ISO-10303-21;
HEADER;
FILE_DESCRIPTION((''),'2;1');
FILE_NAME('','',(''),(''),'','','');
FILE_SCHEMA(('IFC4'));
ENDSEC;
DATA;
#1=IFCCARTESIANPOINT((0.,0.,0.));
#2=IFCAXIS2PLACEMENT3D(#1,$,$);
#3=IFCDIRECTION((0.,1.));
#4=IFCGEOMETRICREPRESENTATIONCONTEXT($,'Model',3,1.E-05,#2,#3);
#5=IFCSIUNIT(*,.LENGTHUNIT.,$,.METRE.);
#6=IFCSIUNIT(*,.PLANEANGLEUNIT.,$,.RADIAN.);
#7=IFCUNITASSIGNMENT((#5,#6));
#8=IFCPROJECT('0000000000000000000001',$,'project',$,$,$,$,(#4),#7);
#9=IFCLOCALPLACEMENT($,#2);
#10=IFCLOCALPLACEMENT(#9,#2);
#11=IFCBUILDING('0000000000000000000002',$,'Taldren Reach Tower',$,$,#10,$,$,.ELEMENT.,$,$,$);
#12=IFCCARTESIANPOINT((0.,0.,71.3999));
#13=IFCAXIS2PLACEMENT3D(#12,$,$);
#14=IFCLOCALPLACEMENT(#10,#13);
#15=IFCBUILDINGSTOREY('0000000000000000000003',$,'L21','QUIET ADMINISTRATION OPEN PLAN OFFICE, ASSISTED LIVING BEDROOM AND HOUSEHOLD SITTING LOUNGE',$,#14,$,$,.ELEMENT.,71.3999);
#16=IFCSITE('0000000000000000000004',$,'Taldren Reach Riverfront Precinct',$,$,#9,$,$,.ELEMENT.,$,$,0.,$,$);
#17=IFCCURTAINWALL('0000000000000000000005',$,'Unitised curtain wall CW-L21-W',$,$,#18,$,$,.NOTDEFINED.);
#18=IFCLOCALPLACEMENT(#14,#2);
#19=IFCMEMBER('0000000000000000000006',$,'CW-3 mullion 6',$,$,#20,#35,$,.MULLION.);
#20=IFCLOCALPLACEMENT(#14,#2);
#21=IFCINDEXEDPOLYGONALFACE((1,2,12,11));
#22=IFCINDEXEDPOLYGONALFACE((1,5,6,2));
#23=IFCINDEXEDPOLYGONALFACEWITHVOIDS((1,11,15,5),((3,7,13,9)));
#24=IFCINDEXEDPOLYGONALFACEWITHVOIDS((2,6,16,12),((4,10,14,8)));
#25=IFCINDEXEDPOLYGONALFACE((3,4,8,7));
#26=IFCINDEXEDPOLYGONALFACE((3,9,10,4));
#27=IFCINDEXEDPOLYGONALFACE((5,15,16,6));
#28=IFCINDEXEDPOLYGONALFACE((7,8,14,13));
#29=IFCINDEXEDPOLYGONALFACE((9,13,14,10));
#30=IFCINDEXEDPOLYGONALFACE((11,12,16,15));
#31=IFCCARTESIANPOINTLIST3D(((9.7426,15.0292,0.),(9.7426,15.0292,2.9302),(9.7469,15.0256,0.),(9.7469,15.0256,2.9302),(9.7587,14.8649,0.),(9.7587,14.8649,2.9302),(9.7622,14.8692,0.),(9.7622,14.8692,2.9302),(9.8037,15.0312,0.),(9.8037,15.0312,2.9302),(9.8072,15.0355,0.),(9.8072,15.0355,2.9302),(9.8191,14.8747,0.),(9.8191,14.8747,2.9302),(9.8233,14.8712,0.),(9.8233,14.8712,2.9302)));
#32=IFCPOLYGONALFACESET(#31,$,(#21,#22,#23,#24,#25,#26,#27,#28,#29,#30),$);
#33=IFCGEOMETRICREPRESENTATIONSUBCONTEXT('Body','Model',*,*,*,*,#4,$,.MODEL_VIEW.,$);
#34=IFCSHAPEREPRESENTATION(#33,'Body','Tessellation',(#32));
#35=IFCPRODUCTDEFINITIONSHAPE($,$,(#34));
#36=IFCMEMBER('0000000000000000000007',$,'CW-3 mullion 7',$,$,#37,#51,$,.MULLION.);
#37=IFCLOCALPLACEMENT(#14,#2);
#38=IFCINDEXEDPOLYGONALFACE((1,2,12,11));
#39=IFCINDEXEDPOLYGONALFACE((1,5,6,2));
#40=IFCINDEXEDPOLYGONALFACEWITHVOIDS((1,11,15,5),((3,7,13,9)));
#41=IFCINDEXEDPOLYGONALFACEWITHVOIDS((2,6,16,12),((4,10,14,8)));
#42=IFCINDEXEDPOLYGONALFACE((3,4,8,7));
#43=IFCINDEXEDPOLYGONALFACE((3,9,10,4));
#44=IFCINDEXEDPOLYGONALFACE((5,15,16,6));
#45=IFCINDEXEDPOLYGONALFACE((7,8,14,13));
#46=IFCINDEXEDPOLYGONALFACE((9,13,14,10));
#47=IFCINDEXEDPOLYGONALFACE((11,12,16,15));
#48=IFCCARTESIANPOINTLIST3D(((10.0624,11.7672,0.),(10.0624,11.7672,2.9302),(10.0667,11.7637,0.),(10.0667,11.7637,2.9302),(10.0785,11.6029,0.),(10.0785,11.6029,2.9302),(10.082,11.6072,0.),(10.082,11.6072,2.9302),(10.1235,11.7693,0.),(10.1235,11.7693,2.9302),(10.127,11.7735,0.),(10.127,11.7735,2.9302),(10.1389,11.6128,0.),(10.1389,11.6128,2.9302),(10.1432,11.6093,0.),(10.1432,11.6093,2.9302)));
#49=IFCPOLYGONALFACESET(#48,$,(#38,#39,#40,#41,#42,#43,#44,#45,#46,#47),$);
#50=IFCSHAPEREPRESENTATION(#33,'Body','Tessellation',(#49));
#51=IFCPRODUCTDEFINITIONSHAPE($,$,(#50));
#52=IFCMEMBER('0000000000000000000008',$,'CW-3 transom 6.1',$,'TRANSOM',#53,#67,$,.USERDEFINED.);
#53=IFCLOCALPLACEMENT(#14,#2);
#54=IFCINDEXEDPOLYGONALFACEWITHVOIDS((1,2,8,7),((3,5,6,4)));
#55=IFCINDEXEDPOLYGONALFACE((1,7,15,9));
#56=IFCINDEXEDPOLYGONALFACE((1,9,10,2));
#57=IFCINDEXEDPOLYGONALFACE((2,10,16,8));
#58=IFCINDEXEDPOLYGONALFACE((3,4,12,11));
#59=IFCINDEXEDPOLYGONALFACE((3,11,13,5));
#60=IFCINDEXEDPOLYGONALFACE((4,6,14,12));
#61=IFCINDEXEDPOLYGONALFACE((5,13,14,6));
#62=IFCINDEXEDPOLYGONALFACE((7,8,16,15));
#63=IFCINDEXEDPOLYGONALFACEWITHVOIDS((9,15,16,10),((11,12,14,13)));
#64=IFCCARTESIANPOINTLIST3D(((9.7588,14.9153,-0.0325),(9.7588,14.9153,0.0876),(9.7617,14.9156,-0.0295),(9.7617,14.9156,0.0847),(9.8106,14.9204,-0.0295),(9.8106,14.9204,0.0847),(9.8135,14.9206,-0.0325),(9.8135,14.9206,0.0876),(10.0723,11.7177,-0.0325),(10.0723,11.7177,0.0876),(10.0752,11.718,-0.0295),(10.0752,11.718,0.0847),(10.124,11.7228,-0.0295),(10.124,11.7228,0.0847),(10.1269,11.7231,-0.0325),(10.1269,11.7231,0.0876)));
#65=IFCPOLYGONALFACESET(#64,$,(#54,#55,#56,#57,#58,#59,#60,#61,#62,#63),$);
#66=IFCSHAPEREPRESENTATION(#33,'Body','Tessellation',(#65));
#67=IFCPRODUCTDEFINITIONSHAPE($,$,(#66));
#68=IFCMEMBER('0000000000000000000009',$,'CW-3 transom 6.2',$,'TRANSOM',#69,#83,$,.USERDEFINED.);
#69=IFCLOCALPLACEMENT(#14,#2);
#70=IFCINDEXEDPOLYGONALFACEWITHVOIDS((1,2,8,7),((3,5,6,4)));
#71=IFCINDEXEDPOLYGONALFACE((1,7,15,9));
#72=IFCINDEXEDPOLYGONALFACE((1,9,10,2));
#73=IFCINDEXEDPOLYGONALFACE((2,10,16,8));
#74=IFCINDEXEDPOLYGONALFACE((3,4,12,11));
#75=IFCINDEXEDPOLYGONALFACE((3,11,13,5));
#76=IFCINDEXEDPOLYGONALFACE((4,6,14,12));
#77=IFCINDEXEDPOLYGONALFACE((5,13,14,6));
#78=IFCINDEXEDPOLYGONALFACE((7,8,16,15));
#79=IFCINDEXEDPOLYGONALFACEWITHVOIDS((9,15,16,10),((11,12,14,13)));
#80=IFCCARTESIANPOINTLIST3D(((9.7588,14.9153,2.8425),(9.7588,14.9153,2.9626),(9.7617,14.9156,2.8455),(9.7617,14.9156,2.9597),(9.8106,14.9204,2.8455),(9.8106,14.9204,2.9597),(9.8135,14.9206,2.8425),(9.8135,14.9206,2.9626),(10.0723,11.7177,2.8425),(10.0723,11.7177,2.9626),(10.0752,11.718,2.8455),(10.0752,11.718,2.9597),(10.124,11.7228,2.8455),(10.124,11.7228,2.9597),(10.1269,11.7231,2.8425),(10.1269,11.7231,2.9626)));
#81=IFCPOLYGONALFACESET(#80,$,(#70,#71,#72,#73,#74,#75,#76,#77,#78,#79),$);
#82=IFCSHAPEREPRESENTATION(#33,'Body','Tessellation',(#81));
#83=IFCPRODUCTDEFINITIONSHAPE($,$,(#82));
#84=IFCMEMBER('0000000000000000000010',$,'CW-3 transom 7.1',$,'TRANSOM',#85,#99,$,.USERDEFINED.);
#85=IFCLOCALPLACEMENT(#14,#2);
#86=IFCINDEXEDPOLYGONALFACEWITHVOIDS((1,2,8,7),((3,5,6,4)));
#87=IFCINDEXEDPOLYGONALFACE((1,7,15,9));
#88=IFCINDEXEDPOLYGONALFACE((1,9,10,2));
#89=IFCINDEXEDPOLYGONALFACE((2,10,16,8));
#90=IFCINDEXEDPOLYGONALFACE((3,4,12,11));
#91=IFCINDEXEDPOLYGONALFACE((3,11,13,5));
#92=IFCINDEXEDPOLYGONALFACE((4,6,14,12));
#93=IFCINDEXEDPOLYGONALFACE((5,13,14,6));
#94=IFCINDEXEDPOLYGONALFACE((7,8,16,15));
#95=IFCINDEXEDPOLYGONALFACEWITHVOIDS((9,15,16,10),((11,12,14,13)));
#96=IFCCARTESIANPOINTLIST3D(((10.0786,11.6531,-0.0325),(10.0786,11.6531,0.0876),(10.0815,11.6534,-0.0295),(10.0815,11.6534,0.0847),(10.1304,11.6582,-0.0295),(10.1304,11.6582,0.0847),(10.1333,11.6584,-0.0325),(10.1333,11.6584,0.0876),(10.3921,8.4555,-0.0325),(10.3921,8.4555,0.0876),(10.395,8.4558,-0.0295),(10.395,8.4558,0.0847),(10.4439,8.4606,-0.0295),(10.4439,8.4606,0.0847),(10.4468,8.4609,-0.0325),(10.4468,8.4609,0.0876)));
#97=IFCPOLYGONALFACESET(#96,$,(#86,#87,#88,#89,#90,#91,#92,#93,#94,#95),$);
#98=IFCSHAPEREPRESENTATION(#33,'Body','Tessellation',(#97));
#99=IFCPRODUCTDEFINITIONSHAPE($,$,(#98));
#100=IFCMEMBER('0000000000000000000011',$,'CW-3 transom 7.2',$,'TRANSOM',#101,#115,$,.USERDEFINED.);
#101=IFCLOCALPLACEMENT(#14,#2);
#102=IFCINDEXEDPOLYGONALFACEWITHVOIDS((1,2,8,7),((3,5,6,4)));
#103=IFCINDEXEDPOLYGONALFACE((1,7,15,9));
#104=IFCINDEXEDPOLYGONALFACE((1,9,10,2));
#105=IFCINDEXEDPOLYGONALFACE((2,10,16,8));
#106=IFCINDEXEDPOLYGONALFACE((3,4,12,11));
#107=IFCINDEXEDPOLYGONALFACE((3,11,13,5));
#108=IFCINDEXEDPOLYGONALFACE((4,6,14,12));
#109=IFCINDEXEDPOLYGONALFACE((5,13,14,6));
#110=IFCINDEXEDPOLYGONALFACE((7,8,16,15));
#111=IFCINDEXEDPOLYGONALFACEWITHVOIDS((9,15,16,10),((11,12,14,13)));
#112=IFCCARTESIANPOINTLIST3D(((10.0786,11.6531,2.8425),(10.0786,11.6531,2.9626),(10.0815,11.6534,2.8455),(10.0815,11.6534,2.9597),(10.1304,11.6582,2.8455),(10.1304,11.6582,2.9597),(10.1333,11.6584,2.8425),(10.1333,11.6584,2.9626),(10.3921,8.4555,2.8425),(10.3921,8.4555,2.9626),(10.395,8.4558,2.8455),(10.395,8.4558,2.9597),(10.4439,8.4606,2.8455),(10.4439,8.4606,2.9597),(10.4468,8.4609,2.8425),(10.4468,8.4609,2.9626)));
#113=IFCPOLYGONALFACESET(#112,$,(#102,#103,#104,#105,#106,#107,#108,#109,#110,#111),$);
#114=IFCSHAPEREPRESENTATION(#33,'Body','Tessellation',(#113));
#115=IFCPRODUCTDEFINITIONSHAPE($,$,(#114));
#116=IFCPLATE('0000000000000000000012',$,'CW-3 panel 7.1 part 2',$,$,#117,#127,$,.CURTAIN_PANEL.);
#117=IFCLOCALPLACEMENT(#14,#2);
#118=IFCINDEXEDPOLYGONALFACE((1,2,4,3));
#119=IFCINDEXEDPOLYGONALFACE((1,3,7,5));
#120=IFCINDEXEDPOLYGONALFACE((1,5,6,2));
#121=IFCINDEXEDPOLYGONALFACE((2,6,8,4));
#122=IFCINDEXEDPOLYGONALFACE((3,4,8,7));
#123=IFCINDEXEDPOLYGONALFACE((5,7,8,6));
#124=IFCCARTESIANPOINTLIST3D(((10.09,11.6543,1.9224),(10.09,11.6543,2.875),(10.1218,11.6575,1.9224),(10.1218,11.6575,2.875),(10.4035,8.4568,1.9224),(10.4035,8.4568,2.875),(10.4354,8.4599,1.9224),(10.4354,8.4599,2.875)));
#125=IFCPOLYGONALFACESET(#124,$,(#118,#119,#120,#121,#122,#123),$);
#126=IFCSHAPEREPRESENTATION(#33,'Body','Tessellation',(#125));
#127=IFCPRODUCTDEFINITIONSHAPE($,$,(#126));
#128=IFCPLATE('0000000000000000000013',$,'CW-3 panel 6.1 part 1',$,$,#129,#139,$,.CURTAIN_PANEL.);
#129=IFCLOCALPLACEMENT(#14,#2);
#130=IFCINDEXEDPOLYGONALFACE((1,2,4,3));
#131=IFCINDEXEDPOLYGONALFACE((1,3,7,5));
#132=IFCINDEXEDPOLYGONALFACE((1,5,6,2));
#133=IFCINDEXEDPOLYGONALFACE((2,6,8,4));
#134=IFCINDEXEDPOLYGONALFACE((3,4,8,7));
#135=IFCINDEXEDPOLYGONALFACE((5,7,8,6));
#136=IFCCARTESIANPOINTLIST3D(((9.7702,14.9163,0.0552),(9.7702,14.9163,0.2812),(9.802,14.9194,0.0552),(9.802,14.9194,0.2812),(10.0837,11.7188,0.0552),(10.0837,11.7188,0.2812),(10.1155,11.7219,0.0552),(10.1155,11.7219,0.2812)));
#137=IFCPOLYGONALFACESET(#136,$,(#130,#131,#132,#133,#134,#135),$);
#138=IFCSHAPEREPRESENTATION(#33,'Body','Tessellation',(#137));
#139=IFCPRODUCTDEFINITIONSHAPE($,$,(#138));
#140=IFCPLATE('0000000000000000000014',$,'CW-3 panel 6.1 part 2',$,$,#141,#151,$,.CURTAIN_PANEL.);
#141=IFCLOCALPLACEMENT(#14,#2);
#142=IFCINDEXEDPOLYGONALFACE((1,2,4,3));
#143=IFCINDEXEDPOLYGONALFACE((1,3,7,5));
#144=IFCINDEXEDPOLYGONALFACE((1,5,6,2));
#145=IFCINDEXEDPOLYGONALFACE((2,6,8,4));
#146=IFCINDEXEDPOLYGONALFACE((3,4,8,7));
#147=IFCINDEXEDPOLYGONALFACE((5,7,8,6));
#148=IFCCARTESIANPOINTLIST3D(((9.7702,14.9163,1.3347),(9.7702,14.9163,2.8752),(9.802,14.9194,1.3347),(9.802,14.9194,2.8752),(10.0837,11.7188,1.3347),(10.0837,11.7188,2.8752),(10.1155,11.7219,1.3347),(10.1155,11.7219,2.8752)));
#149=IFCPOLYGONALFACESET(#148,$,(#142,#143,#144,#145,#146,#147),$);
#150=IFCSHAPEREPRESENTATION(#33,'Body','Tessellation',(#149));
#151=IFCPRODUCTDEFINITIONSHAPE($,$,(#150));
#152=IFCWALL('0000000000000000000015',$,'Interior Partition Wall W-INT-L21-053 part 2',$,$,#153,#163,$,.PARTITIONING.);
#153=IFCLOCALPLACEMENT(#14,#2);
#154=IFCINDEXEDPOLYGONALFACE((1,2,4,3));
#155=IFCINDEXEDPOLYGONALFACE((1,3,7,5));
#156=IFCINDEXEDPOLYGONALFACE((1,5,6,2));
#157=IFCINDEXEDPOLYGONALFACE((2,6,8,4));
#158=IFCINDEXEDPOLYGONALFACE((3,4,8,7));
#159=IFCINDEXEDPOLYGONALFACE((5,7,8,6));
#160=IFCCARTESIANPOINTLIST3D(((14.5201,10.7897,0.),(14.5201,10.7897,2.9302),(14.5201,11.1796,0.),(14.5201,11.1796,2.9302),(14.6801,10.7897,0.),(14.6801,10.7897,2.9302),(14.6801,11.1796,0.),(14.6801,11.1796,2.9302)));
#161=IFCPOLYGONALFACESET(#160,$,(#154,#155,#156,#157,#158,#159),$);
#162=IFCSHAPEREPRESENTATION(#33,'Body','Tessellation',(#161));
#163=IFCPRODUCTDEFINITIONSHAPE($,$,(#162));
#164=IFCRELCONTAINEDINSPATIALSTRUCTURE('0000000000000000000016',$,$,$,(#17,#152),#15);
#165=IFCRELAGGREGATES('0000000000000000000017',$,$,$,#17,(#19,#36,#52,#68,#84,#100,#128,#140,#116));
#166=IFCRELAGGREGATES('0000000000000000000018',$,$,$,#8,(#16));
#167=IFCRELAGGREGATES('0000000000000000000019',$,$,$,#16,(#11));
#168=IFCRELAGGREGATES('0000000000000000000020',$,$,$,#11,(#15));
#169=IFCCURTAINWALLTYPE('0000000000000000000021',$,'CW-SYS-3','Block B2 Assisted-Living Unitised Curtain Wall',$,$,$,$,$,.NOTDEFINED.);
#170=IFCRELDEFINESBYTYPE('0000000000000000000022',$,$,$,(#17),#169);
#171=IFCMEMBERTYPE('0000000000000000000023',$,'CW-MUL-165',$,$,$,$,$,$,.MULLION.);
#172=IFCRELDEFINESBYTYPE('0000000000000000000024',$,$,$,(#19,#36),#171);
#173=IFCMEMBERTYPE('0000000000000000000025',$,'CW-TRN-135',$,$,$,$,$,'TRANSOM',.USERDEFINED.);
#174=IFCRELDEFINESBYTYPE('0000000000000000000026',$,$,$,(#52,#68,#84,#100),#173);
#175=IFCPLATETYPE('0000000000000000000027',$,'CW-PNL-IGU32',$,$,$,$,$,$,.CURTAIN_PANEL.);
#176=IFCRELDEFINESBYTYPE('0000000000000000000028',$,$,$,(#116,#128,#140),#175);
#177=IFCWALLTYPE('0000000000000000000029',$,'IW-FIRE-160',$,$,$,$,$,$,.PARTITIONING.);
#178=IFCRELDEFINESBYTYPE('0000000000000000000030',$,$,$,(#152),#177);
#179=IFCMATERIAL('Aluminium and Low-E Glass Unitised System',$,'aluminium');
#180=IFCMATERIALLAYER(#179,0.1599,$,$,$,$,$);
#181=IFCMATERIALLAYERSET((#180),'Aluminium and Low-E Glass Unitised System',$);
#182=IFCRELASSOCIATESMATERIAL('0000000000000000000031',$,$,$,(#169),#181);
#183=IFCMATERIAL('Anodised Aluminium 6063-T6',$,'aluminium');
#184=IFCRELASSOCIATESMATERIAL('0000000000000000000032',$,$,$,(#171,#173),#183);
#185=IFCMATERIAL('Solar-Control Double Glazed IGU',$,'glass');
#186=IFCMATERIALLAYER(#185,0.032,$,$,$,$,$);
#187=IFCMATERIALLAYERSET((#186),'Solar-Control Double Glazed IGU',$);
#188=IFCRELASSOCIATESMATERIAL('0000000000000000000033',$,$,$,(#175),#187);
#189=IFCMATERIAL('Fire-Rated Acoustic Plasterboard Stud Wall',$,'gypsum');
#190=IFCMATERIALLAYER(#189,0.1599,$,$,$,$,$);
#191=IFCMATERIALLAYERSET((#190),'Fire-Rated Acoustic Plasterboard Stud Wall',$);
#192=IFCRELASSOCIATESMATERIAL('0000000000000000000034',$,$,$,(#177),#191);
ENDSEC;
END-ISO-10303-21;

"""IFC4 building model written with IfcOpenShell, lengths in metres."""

from ifc_helpers import new_model, si_unit, direction, frame, frame_2d, origin, origin_2d, place, context, subcontext, project, spatial, rectangle, hollow_rectangle, extrude, source, transform, mapped, material, layer, layer_set, material_profile, profile_set, type_object, element, aggregate, save


model = new_model("IFC4")

# Units and contexts
model_context = context("Model", 3, precision=1e-05, world=origin(), true_north=direction((0.0, 1.0)))
body_context = subcontext(model_context, "Body", "Model", "MODEL_VIEW")
ifc_project = project(units=[si_unit("LENGTHUNIT", "METRE"), si_unit("PLANEANGLEUNIT", "RADIAN")], contexts=[model_context])

# Site, building, storey
site_placement = place(None, origin())
site = spatial("IfcSite", under=ifc_project, at=site_placement, Name="Taldren Reach Riverfront Precinct", CompositionType="ELEMENT", RefElevation=0.0)
building_placement = place(site_placement, origin())
building = spatial("IfcBuilding", under=site, at=building_placement, Name="Taldren Reach Tower", CompositionType="ELEMENT")
storey_placement = place(building_placement, frame((0.0, 0.0, 71.3999)))
storey = spatial("IfcBuildingStorey", under=building, at=storey_placement, Name="L21", Description="QUIET ADMINISTRATION OPEN PLAN OFFICE, ASSISTED LIVING BEDROOM AND HOUSEHOLD SITTING LOUNGE", CompositionType="ELEMENT", Elevation=71.3999)

# Curtain wall, members, plates
ifc_material_1 = material(Name="Aluminium and Low-E Glass Unitised System", Category="aluminium")
ifc_layer_1 = layer(ifc_material_1, 0.1599)
ifc_layer_set_1 = layer_set([ifc_layer_1], Name="Aluminium and Low-E Glass Unitised System")
curtain_wall_type = type_object("IfcCurtainWallType", Name="CW-SYS-3", Description="Block B2 Assisted-Living Unitised Curtain Wall", PredefinedType="NOTDEFINED", material=ifc_layer_set_1)
curtain_wall_placement = place(storey_placement, origin())
curtain_wall = element("IfcCurtainWall", 1, at=curtain_wall_placement, inside=storey, type_object=curtain_wall_type, Name="Unitised curtain wall CW-L21-W", PredefinedType="NOTDEFINED")
ifc_material_2 = material(Name="Anodised Aluminium 6063-T6", Category="aluminium")
ifc_material_profile_1 = material_profile(ifc_material_2, hollow_rectangle(XDim=0.0649, YDim=0.165, WallThickness=0.0039, at=origin_2d()), Name="ALU-165x65x4RHS")
ifc_profile_set_1 = profile_set([ifc_material_profile_1], Name="Anodised Aluminium 6063-T6")
member_type_1 = type_object("IfcMemberType", Name="CW-MUL-165", PredefinedType="MULLION", material=ifc_profile_set_1)
shared_shape_1 = source(origin(), body_context, "Body", "SweptSolid", [
    extrude(hollow_rectangle(XDim=0.0649, YDim=0.165, WallThickness=0.0039, at=origin_2d()), origin(), (0.0, 0.0, 1.0), 2.9302),
])
member_1_placement = place(storey_placement, frame((9.783, 14.9502, 0.0), z_axis=(0.0, 0.0, 1.0), x_axis=(0.995227, 0.097583, 0.0)))
member_1 = element("IfcMember", 2, at=member_1_placement, type_object=member_type_1, Name="CW-3 mullion 6", PredefinedType="MULLION", context=body_context, shape_type="MappedRepresentation", body=[
    mapped(shared_shape_1, transform((0.0, 0.0, 0.0), scale=1.0)),
])
member_2_placement = place(storey_placement, frame((10.1028, 11.6882, 0.0), z_axis=(0.0, 0.0, 1.0), x_axis=(0.995227, 0.097583, 0.0)))
member_2 = element("IfcMember", 3, at=member_2_placement, type_object=member_type_1, Name="CW-3 mullion 7", PredefinedType="MULLION", context=body_context, shape_type="MappedRepresentation", body=[
    mapped(shared_shape_1, transform((0.0, 0.0, 0.0), scale=1.0)),
])
ifc_material_profile_2 = material_profile(ifc_material_2, hollow_rectangle(XDim=0.0549, YDim=0.1201, WallThickness=0.0029, at=origin_2d()), Name="ALU-120x55x3RHS")
ifc_profile_set_2 = profile_set([ifc_material_profile_2], Name="Anodised Aluminium 6063-T6")
member_type_2 = type_object("IfcMemberType", Name="CW-TRN-135", ElementType="TRANSOM", PredefinedType="USERDEFINED", material=ifc_profile_set_2)
shared_shape_2 = source(origin(), body_context, "Body", "SweptSolid", [
    extrude(hollow_rectangle(XDim=0.0549, YDim=0.1201, WallThickness=0.0029, at=origin_2d()), origin(), (0.0, 0.0, 1.0), 3.2129),
])
member_3_placement = place(storey_placement, frame((9.7861, 14.918, 0.0276), z_axis=(0.09757, -0.995229, 0.0), x_axis=(0.995229, 0.09757, 0.0)))
member_3 = element("IfcMember", 4, at=member_3_placement, type_object=member_type_2, Name="CW-3 transom 6.1", ObjectType="TRANSOM", PredefinedType="USERDEFINED", context=body_context, shape_type="MappedRepresentation", body=[
    mapped(shared_shape_2, transform((0.0, 0.0, 0.0), scale=1.0)),
])
member_4_placement = place(storey_placement, frame((9.7861, 14.918, 2.9026), z_axis=(0.09757, -0.995229, 0.0), x_axis=(0.995229, 0.09757, 0.0)))
member_4 = element("IfcMember", 5, at=member_4_placement, type_object=member_type_2, Name="CW-3 transom 6.2", ObjectType="TRANSOM", PredefinedType="USERDEFINED", context=body_context, shape_type="MappedRepresentation", body=[
    mapped(shared_shape_2, transform((0.0, 0.0, 0.0), scale=1.0)),
])
member_5_placement = place(storey_placement, frame((10.106, 11.6558, 0.0276), z_axis=(0.09757, -0.995229, 0.0), x_axis=(0.995229, 0.09757, 0.0)))
member_5 = element("IfcMember", 6, at=member_5_placement, type_object=member_type_2, Name="CW-3 transom 7.1", ObjectType="TRANSOM", PredefinedType="USERDEFINED", context=body_context, shape_type="MappedRepresentation", body=[
    mapped(shared_shape_2, transform((0.0, 0.0, 0.0), scale=1.0)),
])
member_6_placement = place(storey_placement, frame((10.106, 11.6558, 2.9026), z_axis=(0.09757, -0.995229, 0.0), x_axis=(0.995229, 0.09757, 0.0)))
member_6 = element("IfcMember", 7, at=member_6_placement, type_object=member_type_2, Name="CW-3 transom 7.2", ObjectType="TRANSOM", PredefinedType="USERDEFINED", context=body_context, shape_type="MappedRepresentation", body=[
    mapped(shared_shape_2, transform((0.0, 0.0, 0.0), scale=1.0)),
])
ifc_material_3 = material(Name="Solar-Control Double Glazed IGU", Category="glass")
ifc_layer_2 = layer(ifc_material_3, 0.032)
ifc_layer_set_2 = layer_set([ifc_layer_2], Name="Solar-Control Double Glazed IGU")
plate_type = type_object("IfcPlateType", Name="CW-PNL-IGU32", PredefinedType="CURTAIN_PANEL", material=ifc_layer_set_2)
shared_shape_3 = source(origin(), body_context, "Body", "SweptSolid", [
    extrude(rectangle(XDim=3.2129, YDim=0.032, at=origin_2d()), origin(), (0.0, 0.0, 1.0), 0.9526),
])
plate_1_placement = place(storey_placement, frame((10.2627, 10.0571, 1.9224), z_axis=(0.0, 0.0, 1.0), x_axis=(0.097583, -0.995227, 0.0)))
plate_1 = element("IfcPlate", 8, at=plate_1_placement, type_object=plate_type, Name="CW-3 panel 7.1 part 2", PredefinedType="CURTAIN_PANEL", context=body_context, shape_type="MappedRepresentation", body=[
    mapped(shared_shape_3, transform((0.0, 0.0, 0.0), scale=1.0)),
])
shared_shape_4 = source(origin(), body_context, "Body", "SweptSolid", [
    extrude(rectangle(XDim=3.2129, YDim=0.032, at=origin_2d()), origin(), (0.0, 0.0, 1.0), 0.2261),
])
plate_2_placement = place(storey_placement, frame((9.9429, 13.3191, 0.0552), z_axis=(0.0, 0.0, 1.0), x_axis=(0.097583, -0.995227, 0.0)))
plate_2 = element("IfcPlate", 9, at=plate_2_placement, type_object=plate_type, Name="CW-3 panel 6.1 part 1", PredefinedType="CURTAIN_PANEL", context=body_context, shape_type="MappedRepresentation", body=[
    mapped(shared_shape_4, transform((0.0, 0.0, 0.0), scale=1.0)),
])
shared_shape_5 = source(origin(), body_context, "Body", "SweptSolid", [
    extrude(rectangle(XDim=3.2129, YDim=0.032, at=origin_2d()), origin(), (0.0, 0.0, 1.0), 1.5405),
])
plate_3_placement = place(storey_placement, frame((9.9429, 13.3191, 1.3347), z_axis=(0.0, 0.0, 1.0), x_axis=(0.097583, -0.995227, 0.0)))
plate_3 = element("IfcPlate", 10, at=plate_3_placement, type_object=plate_type, Name="CW-3 panel 6.1 part 2", PredefinedType="CURTAIN_PANEL", context=body_context, shape_type="MappedRepresentation", body=[
    mapped(shared_shape_5, transform((0.0, 0.0, 0.0), scale=1.0)),
])
aggregate(curtain_wall, [member_1, member_2, member_3, member_4, member_5, member_6, plate_2, plate_3, plate_1])

# Wall
ifc_material_4 = material(Name="Fire-Rated Acoustic Plasterboard Stud Wall", Category="gypsum")
ifc_layer_3 = layer(ifc_material_4, 0.1599)
ifc_layer_set_3 = layer_set([ifc_layer_3], Name="Fire-Rated Acoustic Plasterboard Stud Wall")
wall_type_1 = type_object("IfcWallType", Name="IW-FIRE-160", PredefinedType="PARTITIONING", material=ifc_layer_set_3)
shared_shape_6 = source(origin(), body_context, "Body", "SweptSolid", [
    extrude(rectangle(XDim=0.3899, YDim=0.1599, at=frame_2d((0.1948, 0.0))), origin(), (0.0, 0.0, 1.0), 2.9302),
])
wall_1_placement = place(storey_placement, frame((14.6001, 10.7898, 0.0), z_axis=(0.0, 0.0, 1.0), x_axis=(0.0, 1.0, 0.0)))
element("IfcWall", 11, at=wall_1_placement, inside=storey, type_object=wall_type_1, Name="Interior Partition Wall W-INT-L21-053 part 2", PredefinedType="PARTITIONING", context=body_context, shape_type="MappedRepresentation", body=[
    mapped(shared_shape_6, transform((0.0, 0.0, 0.0), scale=1.0)),
])

save(model, "model.ifc")
